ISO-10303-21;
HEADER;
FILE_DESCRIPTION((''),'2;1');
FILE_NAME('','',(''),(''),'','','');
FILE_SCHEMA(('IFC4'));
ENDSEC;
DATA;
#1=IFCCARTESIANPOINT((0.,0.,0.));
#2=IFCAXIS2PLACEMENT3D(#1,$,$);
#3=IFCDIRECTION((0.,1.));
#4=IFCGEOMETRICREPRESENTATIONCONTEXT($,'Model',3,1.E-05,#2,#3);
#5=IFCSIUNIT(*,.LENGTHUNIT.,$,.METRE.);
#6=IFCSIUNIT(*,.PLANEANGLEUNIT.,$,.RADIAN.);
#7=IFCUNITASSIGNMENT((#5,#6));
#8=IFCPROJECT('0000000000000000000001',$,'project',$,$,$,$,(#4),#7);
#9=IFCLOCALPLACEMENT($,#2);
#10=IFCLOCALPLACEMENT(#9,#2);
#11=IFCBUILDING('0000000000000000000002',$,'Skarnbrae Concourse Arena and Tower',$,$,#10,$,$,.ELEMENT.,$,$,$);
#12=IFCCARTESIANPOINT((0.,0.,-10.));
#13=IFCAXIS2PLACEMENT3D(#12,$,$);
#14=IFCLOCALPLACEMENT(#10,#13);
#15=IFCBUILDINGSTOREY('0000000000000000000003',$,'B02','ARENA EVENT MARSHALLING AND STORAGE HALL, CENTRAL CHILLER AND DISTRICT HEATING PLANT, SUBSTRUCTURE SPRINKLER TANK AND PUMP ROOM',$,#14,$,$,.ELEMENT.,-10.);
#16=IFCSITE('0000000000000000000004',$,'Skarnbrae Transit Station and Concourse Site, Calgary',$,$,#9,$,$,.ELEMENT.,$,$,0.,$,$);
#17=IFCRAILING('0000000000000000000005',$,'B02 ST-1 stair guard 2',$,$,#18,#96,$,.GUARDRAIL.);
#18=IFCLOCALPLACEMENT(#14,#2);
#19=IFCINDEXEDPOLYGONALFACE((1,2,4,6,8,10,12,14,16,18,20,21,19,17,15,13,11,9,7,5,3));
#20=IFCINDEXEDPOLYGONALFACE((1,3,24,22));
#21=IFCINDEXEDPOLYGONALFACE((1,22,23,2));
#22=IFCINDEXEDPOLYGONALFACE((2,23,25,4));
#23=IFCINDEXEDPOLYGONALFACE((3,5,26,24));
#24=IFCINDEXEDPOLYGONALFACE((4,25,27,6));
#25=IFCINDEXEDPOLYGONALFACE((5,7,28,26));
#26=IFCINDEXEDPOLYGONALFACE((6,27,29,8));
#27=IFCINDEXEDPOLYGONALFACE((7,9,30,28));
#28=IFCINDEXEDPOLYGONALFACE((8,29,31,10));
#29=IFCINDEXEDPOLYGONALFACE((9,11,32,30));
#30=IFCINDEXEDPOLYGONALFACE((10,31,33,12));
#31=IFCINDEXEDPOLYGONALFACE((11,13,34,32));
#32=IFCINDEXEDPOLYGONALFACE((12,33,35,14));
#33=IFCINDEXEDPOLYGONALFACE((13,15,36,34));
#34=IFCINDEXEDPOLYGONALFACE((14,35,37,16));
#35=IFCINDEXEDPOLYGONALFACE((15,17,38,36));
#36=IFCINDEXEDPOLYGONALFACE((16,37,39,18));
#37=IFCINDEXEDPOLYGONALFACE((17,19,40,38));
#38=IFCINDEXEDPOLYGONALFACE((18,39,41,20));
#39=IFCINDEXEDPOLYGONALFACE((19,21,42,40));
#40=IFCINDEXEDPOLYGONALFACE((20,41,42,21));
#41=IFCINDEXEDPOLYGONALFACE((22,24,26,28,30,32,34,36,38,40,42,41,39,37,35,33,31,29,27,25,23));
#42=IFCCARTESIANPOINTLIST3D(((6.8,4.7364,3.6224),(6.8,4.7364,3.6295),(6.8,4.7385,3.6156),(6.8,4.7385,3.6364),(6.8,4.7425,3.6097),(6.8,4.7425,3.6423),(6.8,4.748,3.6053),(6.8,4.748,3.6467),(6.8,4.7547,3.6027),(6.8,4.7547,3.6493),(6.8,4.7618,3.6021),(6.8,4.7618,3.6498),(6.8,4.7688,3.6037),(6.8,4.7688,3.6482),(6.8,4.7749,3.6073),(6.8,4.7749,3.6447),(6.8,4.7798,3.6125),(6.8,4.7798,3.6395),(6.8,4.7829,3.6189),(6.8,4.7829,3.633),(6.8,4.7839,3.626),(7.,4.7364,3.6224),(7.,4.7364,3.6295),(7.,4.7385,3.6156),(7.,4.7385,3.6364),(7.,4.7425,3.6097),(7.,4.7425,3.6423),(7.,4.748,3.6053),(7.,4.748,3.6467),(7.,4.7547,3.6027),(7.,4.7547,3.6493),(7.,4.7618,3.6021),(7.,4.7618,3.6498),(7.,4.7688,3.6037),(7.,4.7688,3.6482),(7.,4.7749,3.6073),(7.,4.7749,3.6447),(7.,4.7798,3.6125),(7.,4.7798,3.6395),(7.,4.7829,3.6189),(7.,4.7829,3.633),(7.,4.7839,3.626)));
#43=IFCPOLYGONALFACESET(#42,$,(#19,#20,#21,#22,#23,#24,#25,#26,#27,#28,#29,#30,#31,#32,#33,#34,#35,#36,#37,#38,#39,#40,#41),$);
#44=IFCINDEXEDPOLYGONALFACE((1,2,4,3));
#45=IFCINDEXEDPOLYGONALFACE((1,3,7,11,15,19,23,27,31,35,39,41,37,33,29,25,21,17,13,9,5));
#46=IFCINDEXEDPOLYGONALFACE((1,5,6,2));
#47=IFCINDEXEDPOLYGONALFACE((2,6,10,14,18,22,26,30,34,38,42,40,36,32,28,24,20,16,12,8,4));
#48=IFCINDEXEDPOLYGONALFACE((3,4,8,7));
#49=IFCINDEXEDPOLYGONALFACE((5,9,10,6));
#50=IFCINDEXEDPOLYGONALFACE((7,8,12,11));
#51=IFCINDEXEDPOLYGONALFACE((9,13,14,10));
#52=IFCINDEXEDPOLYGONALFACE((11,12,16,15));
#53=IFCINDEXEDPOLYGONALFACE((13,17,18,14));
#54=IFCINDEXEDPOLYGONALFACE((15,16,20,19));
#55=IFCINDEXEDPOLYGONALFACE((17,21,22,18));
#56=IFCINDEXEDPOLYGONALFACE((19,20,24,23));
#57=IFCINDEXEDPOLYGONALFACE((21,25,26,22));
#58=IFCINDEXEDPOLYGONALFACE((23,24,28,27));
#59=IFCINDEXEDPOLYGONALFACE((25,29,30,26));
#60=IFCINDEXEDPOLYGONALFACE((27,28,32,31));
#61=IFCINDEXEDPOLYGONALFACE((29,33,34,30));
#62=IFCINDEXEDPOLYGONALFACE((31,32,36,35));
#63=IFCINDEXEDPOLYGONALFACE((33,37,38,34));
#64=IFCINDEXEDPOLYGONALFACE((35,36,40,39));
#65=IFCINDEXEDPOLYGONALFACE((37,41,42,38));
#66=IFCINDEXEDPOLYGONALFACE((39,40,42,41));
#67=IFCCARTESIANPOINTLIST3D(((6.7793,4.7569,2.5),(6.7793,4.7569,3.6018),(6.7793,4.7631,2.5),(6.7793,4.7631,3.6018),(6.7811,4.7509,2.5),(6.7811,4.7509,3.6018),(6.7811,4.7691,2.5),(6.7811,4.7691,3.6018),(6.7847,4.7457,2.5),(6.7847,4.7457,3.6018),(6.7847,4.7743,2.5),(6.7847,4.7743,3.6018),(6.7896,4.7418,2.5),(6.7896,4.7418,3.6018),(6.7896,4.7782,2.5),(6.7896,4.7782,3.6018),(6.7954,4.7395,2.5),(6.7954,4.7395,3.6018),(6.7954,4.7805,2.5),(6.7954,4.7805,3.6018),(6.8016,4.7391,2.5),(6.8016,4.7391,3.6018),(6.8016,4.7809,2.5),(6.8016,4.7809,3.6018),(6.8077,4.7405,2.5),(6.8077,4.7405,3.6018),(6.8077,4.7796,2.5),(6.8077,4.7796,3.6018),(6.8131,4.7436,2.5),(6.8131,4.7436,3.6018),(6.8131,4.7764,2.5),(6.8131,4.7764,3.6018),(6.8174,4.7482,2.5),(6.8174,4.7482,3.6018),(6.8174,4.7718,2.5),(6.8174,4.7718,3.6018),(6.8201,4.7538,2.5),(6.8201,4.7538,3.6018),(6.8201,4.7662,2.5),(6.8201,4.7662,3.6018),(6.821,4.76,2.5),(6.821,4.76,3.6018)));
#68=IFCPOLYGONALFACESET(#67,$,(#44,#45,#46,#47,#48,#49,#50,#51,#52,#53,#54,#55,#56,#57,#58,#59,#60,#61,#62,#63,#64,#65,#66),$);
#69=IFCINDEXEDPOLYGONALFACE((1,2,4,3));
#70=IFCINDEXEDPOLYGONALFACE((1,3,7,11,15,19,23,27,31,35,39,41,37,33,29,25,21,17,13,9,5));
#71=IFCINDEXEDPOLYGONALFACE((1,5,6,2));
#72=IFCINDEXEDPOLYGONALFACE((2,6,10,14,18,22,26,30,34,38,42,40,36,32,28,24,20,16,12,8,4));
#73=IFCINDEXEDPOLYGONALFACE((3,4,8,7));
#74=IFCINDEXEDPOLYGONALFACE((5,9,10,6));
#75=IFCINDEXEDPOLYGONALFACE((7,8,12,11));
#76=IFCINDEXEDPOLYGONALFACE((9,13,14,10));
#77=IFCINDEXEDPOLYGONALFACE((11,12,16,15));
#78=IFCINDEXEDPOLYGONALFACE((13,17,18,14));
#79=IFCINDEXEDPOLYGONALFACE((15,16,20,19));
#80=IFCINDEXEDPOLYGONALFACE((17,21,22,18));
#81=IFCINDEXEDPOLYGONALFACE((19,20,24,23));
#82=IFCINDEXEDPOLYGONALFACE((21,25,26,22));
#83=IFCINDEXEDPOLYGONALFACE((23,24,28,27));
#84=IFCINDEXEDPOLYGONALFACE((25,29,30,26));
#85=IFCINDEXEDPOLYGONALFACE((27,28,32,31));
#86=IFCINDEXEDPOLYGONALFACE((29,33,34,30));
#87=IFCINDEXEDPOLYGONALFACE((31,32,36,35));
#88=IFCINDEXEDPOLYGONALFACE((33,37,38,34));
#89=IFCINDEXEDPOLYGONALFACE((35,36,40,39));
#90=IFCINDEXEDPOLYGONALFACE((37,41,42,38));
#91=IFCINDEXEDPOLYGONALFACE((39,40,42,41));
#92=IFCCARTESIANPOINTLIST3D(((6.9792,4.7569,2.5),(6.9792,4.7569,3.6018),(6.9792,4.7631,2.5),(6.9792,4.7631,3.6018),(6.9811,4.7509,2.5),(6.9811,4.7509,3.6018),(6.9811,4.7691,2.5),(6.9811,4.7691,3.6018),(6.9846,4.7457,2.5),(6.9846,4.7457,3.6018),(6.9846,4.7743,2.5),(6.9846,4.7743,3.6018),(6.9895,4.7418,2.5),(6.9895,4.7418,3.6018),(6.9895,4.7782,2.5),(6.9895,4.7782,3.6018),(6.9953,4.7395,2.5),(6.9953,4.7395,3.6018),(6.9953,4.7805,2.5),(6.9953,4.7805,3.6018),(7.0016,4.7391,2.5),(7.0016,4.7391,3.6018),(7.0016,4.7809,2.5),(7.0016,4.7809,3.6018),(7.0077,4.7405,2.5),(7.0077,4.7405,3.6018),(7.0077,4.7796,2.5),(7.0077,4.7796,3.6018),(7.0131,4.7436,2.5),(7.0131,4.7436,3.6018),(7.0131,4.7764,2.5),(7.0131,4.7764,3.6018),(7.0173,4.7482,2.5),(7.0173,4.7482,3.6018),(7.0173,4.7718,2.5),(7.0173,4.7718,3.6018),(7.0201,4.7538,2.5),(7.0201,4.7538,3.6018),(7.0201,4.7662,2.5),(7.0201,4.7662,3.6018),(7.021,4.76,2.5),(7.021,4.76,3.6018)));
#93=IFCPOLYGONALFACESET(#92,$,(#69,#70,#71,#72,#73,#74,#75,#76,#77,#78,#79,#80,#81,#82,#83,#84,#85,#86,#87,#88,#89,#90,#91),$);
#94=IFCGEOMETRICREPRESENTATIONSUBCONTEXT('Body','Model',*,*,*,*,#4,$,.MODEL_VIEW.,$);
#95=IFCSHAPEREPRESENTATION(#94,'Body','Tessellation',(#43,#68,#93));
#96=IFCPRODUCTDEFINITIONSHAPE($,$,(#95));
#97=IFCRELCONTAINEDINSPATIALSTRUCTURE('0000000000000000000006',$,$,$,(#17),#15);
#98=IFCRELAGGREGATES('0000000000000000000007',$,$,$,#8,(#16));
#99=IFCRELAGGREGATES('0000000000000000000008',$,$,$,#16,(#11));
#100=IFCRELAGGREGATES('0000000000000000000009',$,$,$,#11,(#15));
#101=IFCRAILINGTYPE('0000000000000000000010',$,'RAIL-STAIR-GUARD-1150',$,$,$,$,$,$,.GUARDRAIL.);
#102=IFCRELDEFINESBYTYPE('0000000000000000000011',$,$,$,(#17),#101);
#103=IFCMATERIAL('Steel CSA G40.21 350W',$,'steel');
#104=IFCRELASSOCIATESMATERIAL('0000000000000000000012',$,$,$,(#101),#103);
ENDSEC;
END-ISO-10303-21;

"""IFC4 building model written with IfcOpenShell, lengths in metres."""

from ifc_helpers import new_model, si_unit, direction, frame, origin, origin_2d, place, context, subcontext, project, spatial, circle, extrude, material, type_object, element, save


model = new_model("IFC4")

# Units and contexts
model_context = context("Model", 3, precision=1e-05, world=origin(), true_north=direction((0.0, 1.0)))
body_context = subcontext(model_context, "Body", "Model", "MODEL_VIEW")
ifc_project = project(units=[si_unit("LENGTHUNIT", "METRE"), si_unit("PLANEANGLEUNIT", "RADIAN")], contexts=[model_context])

# Site, building, storey
site_placement = place(None, origin())
site = spatial("IfcSite", under=ifc_project, at=site_placement, Name="Skarnbrae Transit Station and Concourse Site, Calgary", CompositionType="ELEMENT", RefElevation=0.0)
building_placement = place(site_placement, origin())
building = spatial("IfcBuilding", under=site, at=building_placement, Name="Skarnbrae Concourse Arena and Tower", CompositionType="ELEMENT")
storey_placement = place(building_placement, frame((0.0, 0.0, -10.0)))
storey = spatial("IfcBuildingStorey", under=building, at=storey_placement, Name="B02", Description="ARENA EVENT MARSHALLING AND STORAGE HALL, CENTRAL CHILLER AND DISTRICT HEATING PLANT, SUBSTRUCTURE SPRINKLER TANK AND PUMP ROOM", CompositionType="ELEMENT", Elevation=-10.0)

# Shared definitions
ifc_material_1 = material(Name="Steel CSA G40.21 350W", Category="steel")

# Railing
railing_type_1 = type_object("IfcRailingType", Name="RAIL-STAIR-GUARD-1150", PredefinedType="GUARDRAIL", material=ifc_material_1)
railing_1_placement = place(storey_placement, frame((6.8, 4.76, 2.5)))
element("IfcRailing", 1, at=railing_1_placement, inside=storey, type_object=railing_type_1, Name="B02 ST-1 stair guard 2", PredefinedType="GUARDRAIL", context=body_context, shape_type="SweptSolid", body=[
    extrude(circle(Radius=0.0239, at=origin_2d()), frame((0.0, 0.0, 1.126), z_axis=(1.0, 0.0, 0.0), x_axis=(0.0, 1.0, 0.0)), (0.0, 0.0, 1.0), 0.2),
    extrude(circle(Radius=0.021, at=origin_2d()), origin(), (0.0, 0.0, 1.0), 1.1018),
    extrude(circle(Radius=0.021, at=origin_2d()), frame((0.2, 0.0, 0.0)), (0.0, 0.0, 1.0), 1.1018),
])

save(model, "model.ifc")
